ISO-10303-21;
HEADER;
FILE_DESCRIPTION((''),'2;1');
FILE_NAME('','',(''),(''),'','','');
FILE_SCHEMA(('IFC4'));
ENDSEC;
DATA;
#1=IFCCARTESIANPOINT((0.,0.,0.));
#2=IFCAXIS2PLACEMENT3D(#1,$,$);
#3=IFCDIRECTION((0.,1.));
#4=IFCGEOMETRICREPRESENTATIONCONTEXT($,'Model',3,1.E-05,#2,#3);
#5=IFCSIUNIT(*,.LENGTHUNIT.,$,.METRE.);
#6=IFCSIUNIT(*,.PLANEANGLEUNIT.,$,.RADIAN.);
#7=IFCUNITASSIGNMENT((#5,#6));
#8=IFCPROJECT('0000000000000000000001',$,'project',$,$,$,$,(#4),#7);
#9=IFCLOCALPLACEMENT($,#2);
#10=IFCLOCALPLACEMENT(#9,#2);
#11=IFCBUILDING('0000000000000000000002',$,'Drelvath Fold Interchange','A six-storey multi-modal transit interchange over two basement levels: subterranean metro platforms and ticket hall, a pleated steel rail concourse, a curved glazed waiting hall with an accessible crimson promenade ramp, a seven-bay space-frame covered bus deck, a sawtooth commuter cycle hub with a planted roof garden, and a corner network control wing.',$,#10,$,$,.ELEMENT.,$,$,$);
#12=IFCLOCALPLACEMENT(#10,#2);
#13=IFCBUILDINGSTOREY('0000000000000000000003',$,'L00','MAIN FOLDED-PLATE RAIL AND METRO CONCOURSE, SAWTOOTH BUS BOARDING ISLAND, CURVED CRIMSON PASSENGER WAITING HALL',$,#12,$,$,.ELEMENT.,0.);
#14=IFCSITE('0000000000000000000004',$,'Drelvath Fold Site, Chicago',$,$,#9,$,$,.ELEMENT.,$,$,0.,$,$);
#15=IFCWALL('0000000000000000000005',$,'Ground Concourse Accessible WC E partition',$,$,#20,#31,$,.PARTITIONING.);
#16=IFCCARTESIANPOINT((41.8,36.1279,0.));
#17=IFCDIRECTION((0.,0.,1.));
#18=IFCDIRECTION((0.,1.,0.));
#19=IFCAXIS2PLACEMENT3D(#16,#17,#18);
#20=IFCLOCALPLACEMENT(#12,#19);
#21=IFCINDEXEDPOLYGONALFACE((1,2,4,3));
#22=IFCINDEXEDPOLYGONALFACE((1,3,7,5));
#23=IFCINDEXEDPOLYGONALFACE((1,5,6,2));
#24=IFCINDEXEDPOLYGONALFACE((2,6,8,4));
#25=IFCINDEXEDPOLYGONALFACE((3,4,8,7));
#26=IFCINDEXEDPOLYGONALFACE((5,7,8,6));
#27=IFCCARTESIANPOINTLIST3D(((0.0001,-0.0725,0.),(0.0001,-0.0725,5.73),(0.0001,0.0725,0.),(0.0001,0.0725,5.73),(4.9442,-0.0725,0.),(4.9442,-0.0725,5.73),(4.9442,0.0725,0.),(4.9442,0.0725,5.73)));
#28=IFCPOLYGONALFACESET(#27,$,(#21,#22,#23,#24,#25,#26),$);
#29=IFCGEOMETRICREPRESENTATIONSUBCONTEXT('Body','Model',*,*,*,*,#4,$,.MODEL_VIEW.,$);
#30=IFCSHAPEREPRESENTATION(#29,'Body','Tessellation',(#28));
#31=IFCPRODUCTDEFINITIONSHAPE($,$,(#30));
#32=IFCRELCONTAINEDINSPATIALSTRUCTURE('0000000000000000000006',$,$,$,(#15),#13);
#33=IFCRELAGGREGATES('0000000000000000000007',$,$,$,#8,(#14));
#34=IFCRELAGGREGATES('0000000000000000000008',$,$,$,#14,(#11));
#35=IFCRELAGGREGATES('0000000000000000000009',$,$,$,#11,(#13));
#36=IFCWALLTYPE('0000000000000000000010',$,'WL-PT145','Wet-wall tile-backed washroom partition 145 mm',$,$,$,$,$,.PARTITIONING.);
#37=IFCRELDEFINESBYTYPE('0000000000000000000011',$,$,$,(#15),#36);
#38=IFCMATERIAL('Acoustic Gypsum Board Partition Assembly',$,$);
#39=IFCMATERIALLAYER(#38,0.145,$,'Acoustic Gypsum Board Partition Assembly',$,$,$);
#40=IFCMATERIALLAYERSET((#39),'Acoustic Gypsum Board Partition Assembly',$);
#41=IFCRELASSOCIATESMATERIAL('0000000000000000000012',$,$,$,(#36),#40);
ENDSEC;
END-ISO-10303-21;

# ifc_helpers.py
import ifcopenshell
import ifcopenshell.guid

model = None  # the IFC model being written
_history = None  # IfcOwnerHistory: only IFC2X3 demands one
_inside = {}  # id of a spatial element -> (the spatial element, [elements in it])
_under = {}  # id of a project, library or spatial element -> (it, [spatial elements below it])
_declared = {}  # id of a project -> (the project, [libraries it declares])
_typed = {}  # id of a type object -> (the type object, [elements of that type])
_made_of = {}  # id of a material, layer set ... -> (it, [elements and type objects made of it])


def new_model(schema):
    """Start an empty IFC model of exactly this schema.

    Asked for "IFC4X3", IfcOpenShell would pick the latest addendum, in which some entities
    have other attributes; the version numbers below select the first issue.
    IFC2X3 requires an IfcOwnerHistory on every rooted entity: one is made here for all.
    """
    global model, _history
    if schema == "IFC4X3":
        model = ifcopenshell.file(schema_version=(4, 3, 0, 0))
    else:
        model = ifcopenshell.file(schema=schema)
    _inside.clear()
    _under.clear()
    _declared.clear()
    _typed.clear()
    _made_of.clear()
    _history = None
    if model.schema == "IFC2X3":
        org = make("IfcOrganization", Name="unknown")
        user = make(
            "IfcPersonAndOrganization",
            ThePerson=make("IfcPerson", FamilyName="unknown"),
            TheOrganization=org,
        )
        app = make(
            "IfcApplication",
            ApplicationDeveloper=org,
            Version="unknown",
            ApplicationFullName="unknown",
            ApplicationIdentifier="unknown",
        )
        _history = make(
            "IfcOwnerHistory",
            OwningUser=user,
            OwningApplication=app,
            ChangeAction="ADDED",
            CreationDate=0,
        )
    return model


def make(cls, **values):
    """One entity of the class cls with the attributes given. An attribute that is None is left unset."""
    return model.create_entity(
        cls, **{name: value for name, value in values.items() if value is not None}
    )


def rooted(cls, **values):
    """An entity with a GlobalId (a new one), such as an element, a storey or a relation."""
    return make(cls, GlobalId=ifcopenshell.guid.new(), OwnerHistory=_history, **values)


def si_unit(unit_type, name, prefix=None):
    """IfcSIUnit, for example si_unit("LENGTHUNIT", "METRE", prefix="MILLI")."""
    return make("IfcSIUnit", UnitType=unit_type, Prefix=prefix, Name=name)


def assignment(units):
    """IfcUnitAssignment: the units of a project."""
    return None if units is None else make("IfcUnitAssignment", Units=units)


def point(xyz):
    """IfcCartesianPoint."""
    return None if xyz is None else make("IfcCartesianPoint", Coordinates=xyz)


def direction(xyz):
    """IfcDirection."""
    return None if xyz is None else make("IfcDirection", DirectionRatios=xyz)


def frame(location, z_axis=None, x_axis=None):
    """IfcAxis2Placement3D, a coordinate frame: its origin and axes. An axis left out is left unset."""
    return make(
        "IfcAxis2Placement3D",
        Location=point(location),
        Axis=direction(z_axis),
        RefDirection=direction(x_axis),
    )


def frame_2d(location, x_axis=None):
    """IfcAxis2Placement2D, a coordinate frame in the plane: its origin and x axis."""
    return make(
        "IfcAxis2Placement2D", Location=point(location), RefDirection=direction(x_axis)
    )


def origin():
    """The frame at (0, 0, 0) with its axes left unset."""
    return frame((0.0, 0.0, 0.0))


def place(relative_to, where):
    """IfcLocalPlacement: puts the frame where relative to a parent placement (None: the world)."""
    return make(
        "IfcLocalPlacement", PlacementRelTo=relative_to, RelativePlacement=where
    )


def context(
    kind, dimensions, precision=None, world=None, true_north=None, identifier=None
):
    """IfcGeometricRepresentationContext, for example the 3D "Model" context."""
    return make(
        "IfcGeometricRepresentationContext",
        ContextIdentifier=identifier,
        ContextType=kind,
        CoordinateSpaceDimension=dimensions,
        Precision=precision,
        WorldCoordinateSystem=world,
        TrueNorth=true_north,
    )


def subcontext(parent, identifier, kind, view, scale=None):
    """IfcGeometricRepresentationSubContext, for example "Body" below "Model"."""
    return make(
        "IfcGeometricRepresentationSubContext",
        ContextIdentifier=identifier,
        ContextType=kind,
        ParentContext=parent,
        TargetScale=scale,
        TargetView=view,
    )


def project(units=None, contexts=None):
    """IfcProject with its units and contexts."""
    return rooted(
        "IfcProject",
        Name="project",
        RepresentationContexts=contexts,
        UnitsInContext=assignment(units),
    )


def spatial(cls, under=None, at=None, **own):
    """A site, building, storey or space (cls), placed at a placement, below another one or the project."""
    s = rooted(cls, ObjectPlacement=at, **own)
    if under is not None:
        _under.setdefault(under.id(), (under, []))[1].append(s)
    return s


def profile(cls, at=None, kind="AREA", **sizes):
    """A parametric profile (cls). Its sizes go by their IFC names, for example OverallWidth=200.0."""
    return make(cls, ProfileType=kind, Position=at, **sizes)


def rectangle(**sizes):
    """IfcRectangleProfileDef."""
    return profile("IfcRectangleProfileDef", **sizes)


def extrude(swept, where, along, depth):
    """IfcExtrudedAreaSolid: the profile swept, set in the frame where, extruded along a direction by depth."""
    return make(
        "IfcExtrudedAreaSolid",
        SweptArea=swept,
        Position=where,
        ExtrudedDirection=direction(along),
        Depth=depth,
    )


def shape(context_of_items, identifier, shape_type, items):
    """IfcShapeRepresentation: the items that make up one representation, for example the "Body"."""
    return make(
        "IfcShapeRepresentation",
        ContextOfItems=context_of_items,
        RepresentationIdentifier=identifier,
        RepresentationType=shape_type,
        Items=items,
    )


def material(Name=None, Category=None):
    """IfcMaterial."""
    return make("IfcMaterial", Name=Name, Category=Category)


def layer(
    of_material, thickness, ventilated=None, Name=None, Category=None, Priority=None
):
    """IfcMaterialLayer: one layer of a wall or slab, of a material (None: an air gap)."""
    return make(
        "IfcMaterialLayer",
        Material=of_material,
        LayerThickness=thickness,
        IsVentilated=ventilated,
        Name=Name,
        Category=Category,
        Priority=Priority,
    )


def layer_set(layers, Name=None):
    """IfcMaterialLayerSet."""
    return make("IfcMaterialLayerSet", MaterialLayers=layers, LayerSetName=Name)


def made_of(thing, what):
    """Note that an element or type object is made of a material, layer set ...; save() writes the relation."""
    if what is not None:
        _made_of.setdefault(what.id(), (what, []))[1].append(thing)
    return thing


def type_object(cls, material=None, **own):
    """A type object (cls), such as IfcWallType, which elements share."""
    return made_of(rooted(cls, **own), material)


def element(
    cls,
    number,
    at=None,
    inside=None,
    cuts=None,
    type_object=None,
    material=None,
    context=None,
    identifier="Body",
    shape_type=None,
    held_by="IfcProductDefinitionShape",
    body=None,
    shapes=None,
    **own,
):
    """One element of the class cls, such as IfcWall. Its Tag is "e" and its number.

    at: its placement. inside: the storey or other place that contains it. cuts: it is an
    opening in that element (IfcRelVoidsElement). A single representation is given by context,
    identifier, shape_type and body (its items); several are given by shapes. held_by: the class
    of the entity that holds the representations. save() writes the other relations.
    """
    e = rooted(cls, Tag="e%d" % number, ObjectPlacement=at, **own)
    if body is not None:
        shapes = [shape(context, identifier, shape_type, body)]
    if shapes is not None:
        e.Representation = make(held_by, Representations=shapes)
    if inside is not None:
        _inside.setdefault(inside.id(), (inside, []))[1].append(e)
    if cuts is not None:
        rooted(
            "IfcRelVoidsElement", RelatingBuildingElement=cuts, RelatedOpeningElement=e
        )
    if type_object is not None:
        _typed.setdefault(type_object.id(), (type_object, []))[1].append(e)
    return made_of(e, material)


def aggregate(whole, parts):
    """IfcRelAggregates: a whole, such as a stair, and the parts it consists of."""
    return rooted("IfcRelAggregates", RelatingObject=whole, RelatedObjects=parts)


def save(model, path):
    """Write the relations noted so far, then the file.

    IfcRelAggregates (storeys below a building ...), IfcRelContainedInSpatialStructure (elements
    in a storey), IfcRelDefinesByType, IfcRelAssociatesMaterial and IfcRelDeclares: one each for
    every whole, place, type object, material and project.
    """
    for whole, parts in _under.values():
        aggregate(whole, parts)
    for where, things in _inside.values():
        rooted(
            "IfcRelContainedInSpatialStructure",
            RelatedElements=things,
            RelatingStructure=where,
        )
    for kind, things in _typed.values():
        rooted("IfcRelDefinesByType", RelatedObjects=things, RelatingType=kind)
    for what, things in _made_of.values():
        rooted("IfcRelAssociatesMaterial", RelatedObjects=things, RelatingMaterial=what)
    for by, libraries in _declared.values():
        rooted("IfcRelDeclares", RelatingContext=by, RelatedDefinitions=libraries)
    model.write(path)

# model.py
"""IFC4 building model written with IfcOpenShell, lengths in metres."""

from ifc_helpers import new_model, si_unit, direction, frame, frame_2d, origin, place, context, subcontext, project, spatial, rectangle, extrude, material, layer, layer_set, type_object, element, save


model = new_model("IFC4")

# Units and contexts
model_context = context("Model", 3, precision=1e-05, world=origin(), true_north=direction((0.0, 1.0)))
body_context = subcontext(model_context, "Body", "Model", "MODEL_VIEW")
ifc_project = project(units=[si_unit("LENGTHUNIT", "METRE"), si_unit("PLANEANGLEUNIT", "RADIAN")], contexts=[model_context])

# Site, building, storey
site_placement = place(None, origin())
site = spatial("IfcSite", under=ifc_project, at=site_placement, Name="Drelvath Fold Site, Chicago", CompositionType="ELEMENT", RefElevation=0.0)
building_placement = place(site_placement, origin())
building = spatial("IfcBuilding", under=site, at=building_placement, Name="Drelvath Fold Interchange", Description="A six-storey multi-modal transit interchange over two basement levels: subterranean metro platforms and ticket hall, a pleated steel rail concourse, a curved glazed waiting hall with an accessible crimson promenade ramp, a seven-bay space-frame covered bus deck, a sawtooth commuter cycle hub with a planted roof garden, and a corner network control wing.", CompositionType="ELEMENT")
storey_placement = place(building_placement, origin())
storey = spatial("IfcBuildingStorey", under=building, at=storey_placement, Name="L00", Description="MAIN FOLDED-PLATE RAIL AND METRO CONCOURSE, SAWTOOTH BUS BOARDING ISLAND, CURVED CRIMSON PASSENGER WAITING HALL", CompositionType="ELEMENT", Elevation=0.0)

# Shared definitions
ifc_material_1 = material(Name="Acoustic Gypsum Board Partition Assembly")
ifc_layer_1 = layer(ifc_material_1, 0.145, Name="Acoustic Gypsum Board Partition Assembly")
ifc_layer_set_1 = layer_set([ifc_layer_1], Name="Acoustic Gypsum Board Partition Assembly")
wall_type_1 = type_object("IfcWallType", Name="WL-PT145", Description="Wet-wall tile-backed washroom partition 145 mm", PredefinedType="PARTITIONING", material=ifc_layer_set_1)

# Wall
wall_1_placement = place(storey_placement, frame((41.8, 36.1279, 0.0), z_axis=(0.0, 0.0, 1.0), x_axis=(0.0, 1.0, 0.0)))
element("IfcWall", 1, at=wall_1_placement, inside=storey, type_object=wall_type_1, Name="Ground Concourse Accessible WC E partition", PredefinedType="PARTITIONING", context=body_context, shape_type="SweptSolid", body=[
    extrude(rectangle(XDim=4.9441, YDim=0.145, at=frame_2d((2.4722, 0.0))), origin(), (0.0, 0.0, 1.0), 5.73),
])

save(model, "model.ifc")
